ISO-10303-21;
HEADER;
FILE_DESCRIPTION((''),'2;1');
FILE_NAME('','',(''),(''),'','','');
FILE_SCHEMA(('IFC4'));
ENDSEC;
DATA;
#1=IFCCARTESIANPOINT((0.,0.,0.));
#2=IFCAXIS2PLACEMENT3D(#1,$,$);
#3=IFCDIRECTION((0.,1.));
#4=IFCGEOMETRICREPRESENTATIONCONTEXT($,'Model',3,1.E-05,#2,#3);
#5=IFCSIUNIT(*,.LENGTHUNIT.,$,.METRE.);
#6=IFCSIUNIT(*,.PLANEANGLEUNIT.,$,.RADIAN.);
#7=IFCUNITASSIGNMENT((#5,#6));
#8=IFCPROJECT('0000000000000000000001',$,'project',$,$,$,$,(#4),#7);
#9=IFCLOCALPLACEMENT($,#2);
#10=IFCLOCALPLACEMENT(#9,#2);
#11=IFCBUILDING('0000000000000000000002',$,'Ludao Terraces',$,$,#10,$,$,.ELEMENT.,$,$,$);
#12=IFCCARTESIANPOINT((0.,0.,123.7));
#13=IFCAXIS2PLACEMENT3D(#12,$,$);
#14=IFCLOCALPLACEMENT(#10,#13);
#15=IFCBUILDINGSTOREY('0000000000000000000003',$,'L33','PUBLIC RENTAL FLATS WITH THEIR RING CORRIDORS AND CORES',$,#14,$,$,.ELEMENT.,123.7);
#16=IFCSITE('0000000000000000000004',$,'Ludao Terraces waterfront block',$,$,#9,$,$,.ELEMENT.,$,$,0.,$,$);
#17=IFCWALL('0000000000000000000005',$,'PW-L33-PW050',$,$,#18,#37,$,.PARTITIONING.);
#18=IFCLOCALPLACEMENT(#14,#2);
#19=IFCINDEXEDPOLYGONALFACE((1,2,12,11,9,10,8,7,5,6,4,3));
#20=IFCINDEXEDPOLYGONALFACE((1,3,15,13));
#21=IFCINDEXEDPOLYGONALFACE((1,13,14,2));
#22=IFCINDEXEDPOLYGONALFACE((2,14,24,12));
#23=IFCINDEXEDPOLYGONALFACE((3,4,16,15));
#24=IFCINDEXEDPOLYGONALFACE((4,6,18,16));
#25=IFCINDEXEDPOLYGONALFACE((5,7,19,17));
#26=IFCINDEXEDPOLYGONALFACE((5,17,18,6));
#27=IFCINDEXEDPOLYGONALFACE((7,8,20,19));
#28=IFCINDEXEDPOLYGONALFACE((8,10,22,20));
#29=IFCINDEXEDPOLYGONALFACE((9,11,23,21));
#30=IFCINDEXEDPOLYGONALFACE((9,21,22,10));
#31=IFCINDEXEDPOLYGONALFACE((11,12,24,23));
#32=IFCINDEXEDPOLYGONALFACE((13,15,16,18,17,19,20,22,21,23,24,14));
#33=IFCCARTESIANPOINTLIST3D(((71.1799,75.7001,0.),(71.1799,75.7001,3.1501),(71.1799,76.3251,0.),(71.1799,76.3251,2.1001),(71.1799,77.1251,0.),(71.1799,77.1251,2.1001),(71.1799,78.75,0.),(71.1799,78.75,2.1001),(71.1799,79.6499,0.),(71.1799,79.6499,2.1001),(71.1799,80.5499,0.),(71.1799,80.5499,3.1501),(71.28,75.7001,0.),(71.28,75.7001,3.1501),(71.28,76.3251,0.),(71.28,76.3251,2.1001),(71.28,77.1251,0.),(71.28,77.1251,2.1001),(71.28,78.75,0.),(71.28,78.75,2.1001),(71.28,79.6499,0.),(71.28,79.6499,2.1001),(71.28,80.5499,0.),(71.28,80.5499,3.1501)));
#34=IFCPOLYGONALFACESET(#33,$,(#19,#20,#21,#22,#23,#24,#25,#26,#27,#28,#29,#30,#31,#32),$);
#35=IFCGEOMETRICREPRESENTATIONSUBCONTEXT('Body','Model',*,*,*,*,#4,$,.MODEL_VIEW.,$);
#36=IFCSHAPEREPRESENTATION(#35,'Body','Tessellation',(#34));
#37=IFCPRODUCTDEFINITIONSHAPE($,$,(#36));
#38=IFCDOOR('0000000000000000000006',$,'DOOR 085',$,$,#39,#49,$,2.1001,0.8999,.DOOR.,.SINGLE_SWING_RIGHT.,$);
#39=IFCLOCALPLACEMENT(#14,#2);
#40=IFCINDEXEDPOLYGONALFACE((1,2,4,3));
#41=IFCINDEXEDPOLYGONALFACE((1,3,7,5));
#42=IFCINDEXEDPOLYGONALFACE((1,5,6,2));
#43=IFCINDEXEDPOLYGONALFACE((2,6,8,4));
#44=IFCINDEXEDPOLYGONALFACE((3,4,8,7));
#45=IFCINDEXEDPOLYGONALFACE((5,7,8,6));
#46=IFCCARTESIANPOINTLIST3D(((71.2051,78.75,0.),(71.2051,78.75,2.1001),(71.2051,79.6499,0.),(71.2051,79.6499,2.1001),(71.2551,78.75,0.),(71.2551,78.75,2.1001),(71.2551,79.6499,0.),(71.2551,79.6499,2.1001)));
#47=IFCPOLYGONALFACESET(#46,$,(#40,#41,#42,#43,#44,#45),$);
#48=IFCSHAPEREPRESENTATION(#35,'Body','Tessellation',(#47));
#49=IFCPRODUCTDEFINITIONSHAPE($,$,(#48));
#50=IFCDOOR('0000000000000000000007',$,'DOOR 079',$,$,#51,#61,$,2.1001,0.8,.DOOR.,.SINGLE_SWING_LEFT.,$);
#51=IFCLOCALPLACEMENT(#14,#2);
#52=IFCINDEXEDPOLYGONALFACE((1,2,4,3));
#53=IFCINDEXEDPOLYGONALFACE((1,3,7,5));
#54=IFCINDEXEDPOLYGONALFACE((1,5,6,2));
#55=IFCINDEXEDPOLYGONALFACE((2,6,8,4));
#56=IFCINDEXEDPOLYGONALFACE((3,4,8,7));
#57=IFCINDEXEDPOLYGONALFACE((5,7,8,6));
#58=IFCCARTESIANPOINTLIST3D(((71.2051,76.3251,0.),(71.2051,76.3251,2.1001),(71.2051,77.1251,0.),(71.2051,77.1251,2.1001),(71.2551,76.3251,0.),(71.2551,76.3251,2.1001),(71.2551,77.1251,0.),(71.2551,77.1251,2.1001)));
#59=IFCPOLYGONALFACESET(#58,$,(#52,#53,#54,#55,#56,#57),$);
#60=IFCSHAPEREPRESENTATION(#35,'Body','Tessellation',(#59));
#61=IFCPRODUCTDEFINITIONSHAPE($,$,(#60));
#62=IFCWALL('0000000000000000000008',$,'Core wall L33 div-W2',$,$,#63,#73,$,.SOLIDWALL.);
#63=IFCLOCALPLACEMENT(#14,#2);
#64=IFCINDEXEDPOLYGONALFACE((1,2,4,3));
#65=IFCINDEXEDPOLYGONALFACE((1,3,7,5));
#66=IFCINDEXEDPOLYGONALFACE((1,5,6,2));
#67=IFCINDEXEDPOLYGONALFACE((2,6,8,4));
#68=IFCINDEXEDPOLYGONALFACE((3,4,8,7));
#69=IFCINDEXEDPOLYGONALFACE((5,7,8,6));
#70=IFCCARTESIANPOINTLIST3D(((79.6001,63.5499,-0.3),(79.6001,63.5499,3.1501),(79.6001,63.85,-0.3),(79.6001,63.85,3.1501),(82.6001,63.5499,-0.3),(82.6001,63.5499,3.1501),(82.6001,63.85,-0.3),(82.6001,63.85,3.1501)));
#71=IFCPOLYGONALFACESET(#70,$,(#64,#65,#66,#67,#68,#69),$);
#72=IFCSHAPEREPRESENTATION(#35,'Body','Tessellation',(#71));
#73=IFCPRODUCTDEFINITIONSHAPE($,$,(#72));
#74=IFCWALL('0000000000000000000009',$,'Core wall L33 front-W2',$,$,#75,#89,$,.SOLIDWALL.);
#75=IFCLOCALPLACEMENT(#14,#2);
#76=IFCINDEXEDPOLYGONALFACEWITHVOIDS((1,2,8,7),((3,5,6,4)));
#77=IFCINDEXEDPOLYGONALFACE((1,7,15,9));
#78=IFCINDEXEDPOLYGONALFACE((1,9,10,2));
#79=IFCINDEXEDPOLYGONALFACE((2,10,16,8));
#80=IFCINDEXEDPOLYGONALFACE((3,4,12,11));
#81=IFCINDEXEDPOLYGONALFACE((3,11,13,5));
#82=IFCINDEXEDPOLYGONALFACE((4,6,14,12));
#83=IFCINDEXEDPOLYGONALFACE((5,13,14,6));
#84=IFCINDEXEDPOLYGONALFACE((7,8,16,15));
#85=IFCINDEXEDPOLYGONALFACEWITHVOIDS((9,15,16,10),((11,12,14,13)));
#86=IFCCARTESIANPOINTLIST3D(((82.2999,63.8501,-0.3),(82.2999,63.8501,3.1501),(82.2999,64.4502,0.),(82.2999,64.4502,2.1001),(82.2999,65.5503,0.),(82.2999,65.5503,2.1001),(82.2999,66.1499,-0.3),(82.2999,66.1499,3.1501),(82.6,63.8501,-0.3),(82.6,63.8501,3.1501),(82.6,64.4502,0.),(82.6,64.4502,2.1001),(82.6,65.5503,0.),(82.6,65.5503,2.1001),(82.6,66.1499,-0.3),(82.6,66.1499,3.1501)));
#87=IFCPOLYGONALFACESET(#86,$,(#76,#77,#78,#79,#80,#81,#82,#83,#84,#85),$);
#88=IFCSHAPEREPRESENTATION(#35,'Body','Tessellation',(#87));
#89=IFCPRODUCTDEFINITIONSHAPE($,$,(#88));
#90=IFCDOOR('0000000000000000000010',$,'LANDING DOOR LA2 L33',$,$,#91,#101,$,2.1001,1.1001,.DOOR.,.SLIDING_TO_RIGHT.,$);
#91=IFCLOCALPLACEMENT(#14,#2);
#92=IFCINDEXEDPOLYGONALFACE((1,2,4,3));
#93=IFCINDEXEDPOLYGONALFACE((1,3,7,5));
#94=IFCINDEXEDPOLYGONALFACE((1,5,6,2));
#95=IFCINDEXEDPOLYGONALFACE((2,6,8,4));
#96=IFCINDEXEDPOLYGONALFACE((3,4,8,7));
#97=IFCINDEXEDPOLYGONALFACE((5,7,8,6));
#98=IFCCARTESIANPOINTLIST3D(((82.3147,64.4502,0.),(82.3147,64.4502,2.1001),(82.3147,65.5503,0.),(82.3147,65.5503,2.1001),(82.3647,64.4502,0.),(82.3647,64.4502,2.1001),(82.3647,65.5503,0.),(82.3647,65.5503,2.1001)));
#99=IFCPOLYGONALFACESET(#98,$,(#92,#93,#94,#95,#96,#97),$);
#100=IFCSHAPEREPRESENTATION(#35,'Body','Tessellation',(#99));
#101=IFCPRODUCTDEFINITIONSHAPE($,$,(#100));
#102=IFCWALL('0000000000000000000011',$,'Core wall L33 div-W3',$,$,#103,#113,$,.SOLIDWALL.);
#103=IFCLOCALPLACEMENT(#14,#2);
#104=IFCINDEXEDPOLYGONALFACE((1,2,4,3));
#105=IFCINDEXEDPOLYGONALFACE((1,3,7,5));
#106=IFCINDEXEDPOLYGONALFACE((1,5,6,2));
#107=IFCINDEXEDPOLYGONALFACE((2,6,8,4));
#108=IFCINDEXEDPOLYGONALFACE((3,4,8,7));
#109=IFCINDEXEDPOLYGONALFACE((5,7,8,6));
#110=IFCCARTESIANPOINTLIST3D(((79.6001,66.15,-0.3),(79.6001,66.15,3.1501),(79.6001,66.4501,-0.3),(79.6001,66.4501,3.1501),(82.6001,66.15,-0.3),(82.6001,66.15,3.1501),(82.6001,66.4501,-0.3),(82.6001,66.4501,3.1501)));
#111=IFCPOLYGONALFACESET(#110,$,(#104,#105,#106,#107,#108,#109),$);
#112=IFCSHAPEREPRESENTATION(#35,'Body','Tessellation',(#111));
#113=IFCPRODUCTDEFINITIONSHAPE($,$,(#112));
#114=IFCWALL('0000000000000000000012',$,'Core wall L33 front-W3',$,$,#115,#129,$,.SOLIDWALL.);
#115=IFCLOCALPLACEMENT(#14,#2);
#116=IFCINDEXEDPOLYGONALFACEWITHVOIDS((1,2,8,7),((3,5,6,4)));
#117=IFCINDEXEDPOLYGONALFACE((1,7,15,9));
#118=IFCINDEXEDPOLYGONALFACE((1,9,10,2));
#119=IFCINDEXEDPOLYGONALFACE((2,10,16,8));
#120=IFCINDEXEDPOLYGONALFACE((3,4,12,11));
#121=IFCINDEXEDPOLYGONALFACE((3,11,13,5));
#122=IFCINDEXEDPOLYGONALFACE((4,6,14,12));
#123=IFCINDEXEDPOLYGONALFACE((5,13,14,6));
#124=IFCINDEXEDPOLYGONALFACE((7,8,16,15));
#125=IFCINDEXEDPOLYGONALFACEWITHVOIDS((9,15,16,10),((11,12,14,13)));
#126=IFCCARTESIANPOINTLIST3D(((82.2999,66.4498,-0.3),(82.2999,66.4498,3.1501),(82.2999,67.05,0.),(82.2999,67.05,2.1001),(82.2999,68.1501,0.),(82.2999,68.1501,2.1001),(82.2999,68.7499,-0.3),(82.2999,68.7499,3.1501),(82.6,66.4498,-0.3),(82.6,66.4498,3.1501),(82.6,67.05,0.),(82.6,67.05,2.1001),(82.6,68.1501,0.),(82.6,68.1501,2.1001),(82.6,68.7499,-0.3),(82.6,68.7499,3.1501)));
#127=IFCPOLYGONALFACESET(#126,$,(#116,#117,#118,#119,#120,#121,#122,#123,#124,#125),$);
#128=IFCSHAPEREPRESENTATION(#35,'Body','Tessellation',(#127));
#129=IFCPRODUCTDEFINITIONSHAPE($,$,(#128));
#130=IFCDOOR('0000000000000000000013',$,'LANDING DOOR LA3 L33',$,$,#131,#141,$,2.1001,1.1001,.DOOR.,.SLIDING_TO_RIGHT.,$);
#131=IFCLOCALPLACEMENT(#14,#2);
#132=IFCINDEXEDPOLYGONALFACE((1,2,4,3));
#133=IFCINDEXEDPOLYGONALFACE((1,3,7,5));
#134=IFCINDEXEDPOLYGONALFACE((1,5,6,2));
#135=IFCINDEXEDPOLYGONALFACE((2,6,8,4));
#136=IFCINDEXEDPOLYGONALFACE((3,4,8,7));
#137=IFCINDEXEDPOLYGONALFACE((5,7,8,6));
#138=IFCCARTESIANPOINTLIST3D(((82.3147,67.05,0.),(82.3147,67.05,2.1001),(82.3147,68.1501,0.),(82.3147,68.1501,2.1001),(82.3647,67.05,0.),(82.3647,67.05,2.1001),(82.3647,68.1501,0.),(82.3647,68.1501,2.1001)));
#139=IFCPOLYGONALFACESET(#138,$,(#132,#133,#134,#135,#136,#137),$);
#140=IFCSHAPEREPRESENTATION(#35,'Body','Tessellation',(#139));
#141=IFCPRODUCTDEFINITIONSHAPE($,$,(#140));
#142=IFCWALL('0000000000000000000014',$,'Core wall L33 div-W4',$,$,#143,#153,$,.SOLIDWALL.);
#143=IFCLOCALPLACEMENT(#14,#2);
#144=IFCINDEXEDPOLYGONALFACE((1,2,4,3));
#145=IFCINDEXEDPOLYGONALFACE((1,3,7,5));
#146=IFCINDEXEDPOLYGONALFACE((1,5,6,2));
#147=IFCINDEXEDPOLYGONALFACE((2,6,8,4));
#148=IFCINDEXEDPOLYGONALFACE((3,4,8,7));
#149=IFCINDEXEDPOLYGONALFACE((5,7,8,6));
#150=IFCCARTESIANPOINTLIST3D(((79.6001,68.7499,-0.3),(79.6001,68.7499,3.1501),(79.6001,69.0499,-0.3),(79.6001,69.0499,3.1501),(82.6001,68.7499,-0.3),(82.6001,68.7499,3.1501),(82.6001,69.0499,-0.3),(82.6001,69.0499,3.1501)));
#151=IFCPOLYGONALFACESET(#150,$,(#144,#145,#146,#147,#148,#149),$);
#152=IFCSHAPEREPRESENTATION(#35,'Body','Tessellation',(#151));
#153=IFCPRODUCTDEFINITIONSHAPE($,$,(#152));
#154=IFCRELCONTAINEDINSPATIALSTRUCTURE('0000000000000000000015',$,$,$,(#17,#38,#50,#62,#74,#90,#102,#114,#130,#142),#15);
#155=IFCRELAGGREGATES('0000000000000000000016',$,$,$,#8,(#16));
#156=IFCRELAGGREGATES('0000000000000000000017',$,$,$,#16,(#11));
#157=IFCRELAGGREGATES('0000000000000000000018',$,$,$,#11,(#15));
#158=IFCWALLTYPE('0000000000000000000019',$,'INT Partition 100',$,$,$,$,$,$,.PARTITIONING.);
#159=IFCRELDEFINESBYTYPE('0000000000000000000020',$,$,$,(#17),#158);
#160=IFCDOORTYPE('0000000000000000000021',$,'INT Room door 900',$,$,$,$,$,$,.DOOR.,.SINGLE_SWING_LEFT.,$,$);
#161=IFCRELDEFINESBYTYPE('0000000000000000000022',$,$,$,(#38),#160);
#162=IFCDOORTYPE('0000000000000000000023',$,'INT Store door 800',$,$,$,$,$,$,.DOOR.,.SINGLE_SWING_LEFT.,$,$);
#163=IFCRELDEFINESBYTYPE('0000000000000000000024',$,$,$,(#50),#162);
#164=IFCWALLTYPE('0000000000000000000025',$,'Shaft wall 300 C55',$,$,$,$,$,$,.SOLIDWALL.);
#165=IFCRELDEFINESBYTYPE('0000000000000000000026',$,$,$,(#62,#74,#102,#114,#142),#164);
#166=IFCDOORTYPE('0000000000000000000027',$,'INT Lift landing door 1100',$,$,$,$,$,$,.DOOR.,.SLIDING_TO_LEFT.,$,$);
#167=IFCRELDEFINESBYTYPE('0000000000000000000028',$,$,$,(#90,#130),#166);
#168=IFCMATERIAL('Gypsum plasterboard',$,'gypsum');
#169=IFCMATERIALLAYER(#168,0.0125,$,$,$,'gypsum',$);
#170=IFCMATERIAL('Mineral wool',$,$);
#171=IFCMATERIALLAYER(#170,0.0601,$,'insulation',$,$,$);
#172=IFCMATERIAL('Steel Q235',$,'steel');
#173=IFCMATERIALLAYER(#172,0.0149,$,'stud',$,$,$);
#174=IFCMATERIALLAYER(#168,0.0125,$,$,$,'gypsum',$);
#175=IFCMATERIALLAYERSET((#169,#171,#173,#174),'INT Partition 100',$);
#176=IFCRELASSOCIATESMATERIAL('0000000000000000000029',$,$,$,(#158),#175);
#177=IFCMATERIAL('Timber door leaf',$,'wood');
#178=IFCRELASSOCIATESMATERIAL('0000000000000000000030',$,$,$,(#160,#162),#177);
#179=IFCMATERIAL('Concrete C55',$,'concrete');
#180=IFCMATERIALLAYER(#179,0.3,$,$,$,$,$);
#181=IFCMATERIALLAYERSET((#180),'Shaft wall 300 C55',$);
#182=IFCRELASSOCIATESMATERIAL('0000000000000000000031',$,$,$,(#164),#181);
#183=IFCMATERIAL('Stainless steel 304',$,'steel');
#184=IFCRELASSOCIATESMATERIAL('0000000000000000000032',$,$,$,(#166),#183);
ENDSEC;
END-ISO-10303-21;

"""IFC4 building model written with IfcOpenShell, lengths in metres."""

from ifc_helpers import new_model, si_unit, direction, frame, frame_2d, origin, place, context, subcontext, project, spatial, rectangle, extrude, material, layer, layer_set, type_object, element, fill, save


model = new_model("IFC4")

# Units and contexts
model_context = context("Model", 3, precision=1e-05, world=origin(), true_north=direction((0.0, 1.0)))
body_context = subcontext(model_context, "Body", "Model", "MODEL_VIEW")
ifc_project = project(units=[si_unit("LENGTHUNIT", "METRE"), si_unit("PLANEANGLEUNIT", "RADIAN")], contexts=[model_context])

# Site, building, storey
site_placement = place(None, origin())
site = spatial("IfcSite", under=ifc_project, at=site_placement, Name="Ludao Terraces waterfront block", CompositionType="ELEMENT", RefElevation=0.0)
building_placement = place(site_placement, origin())
building = spatial("IfcBuilding", under=site, at=building_placement, Name="Ludao Terraces", CompositionType="ELEMENT")
storey_placement = place(building_placement, frame((0.0, 0.0, 123.7)))
storey = spatial("IfcBuildingStorey", under=building, at=storey_placement, Name="L33", Description="PUBLIC RENTAL FLATS WITH THEIR RING CORRIDORS AND CORES", CompositionType="ELEMENT", Elevation=123.7)

# Shared definitions
ifc_material_1 = material(Name="Mineral wool")
ifc_material_2 = material(Name="Steel Q235", Category="steel")
ifc_material_3 = material(Name="Gypsum plasterboard", Category="gypsum")
ifc_layer_1 = layer(ifc_material_3, 0.0125, Category="gypsum")
ifc_layer_2 = layer(ifc_material_1, 0.0601, Name="insulation")
ifc_layer_3 = layer(ifc_material_2, 0.0149, Name="stud")
ifc_layer_4 = layer(ifc_material_3, 0.0125, Category="gypsum")
ifc_layer_set_1 = layer_set([ifc_layer_1, ifc_layer_2, ifc_layer_3, ifc_layer_4], Name="INT Partition 100")
wall_type_1 = type_object("IfcWallType", Name="INT Partition 100", PredefinedType="PARTITIONING", material=ifc_layer_set_1)

# Wall, openings, doors
ifc_material_4 = material(Name="Timber door leaf", Category="wood")
door_type_1 = type_object("IfcDoorType", Name="INT Room door 900", OperationType="SINGLE_SWING_LEFT", PredefinedType="DOOR", material=ifc_material_4)
door_type_2 = type_object("IfcDoorType", Name="INT Store door 800", OperationType="SINGLE_SWING_LEFT", PredefinedType="DOOR", material=ifc_material_4)
wall_1_placement = place(storey_placement, frame((71.23, 75.7002, 0.0), z_axis=(0.0, 0.0, 1.0), x_axis=(0.0, 1.0, 0.0)))
wall_1 = element("IfcWall", 1, at=wall_1_placement, inside=storey, type_object=wall_type_1, Name="PW-L33-PW050", PredefinedType="PARTITIONING", context=body_context, shape_type="SweptSolid", body=[
    extrude(rectangle(XDim=4.8499, YDim=0.1001, at=frame_2d((2.4248, 0.0))), origin(), (0.0, 0.0, 1.0), 3.1501),
])
opening_1_placement = place(wall_1_placement, frame((0.625, 0.0, 0.0)))
opening_1 = element("IfcOpeningElement", 2, at=opening_1_placement, cuts=wall_1, PredefinedType="OPENING", context=body_context, shape_type="SweptSolid", body=[
    extrude(rectangle(XDim=0.8, YDim=2.1001, at=frame_2d((0.3999, 1.05))), frame((0.0, 0.0601, 0.0), z_axis=(0.0, -1.0, 0.0), x_axis=(1.0, 0.0, 0.0)), (0.0, 0.0, 1.0), 0.1201),
])
opening_2_placement = place(wall_1_placement, frame((3.0498, 0.0, 0.0)))
opening_2 = element("IfcOpeningElement", 3, at=opening_2_placement, cuts=wall_1, PredefinedType="OPENING", context=body_context, shape_type="SweptSolid", body=[
    extrude(rectangle(XDim=0.8999, YDim=2.1001, at=frame_2d((0.45, 1.05))), frame((0.0, 0.0601, 0.0), z_axis=(0.0, -1.0, 0.0), x_axis=(1.0, 0.0, 0.0)), (0.0, 0.0, 1.0), 0.1201),
])
door_1_placement = place(opening_2_placement, origin())
door_1 = element("IfcDoor", 4, at=door_1_placement, inside=storey, type_object=door_type_1, Name="DOOR 085", OperationType="SINGLE_SWING_RIGHT", OverallHeight=2.1001, OverallWidth=0.8999, PredefinedType="DOOR", context=body_context, shape_type="SweptSolid", body=[
    extrude(rectangle(XDim=0.8999, YDim=2.1001, at=frame_2d((0.45, 1.05))), frame((0.0, 0.0249, 0.0), z_axis=(0.0, -1.0, 0.0), x_axis=(1.0, 0.0, 0.0)), (0.0, 0.0, 1.0), 0.05),
])
fill(opening_2, door_1)
door_2_placement = place(opening_1_placement, origin())
door_2 = element("IfcDoor", 5, at=door_2_placement, inside=storey, type_object=door_type_2, Name="DOOR 079", OperationType="SINGLE_SWING_LEFT", OverallHeight=2.1001, OverallWidth=0.8, PredefinedType="DOOR", context=body_context, shape_type="SweptSolid", body=[
    extrude(rectangle(XDim=0.8, YDim=2.1001, at=frame_2d((0.3999, 1.05))), frame((0.0, 0.0249, 0.0), z_axis=(0.0, -1.0, 0.0), x_axis=(1.0, 0.0, 0.0)), (0.0, 0.0, 1.0), 0.05),
])
fill(opening_1, door_2)

# Wall
ifc_material_5 = material(Name="Concrete C55", Category="concrete")
ifc_layer_5 = layer(ifc_material_5, 0.3)
ifc_layer_set_2 = layer_set([ifc_layer_5], Name="Shaft wall 300 C55")
wall_type_2 = type_object("IfcWallType", Name="Shaft wall 300 C55", PredefinedType="SOLIDWALL", material=ifc_layer_set_2)
wall_2_placement = place(storey_placement, frame((79.6001, 63.7, -0.3), z_axis=(0.0, 0.0, 1.0), x_axis=(1.0, 0.0, 0.0)))
element("IfcWall", 6, at=wall_2_placement, inside=storey, type_object=wall_type_2, Name="Core wall L33 div-W2", PredefinedType="SOLIDWALL", context=body_context, shape_type="SweptSolid", body=[
    extrude(rectangle(XDim=3.0, YDim=0.3, at=frame_2d((1.5, 0.0))), origin(), (0.0, 0.0, 1.0), 3.4502),
])

# Wall, opening, door
wall_3_placement = place(storey_placement, frame((82.45, 63.8501, -0.3), z_axis=(0.0, 0.0, 1.0), x_axis=(0.0, 1.0, 0.0)))
wall_3 = element("IfcWall", 7, at=wall_3_placement, inside=storey, type_object=wall_type_2, Name="Core wall L33 front-W2", PredefinedType="SOLIDWALL", context=body_context, shape_type="SweptSolid", body=[
    extrude(rectangle(XDim=2.2998, YDim=0.3, at=frame_2d((1.1499, 0.0))), origin(), (0.0, 0.0, 1.0), 3.4502),
])
opening_3_placement = place(wall_3_placement, frame((0.6001, 0.0, 0.3)))
opening_3 = element("IfcOpeningElement", 8, at=opening_3_placement, cuts=wall_3, PredefinedType="OPENING", context=body_context, shape_type="SweptSolid", body=[
    extrude(rectangle(XDim=1.1001, YDim=2.1001, at=frame_2d((0.55, 1.05))), frame((0.0, 0.1602, 0.0), z_axis=(0.0, -1.0, 0.0), x_axis=(1.0, 0.0, 0.0)), (0.0, 0.0, 1.0), 0.3201),
])
ifc_material_6 = material(Name="Stainless steel 304", Category="steel")
door_type_3 = type_object("IfcDoorType", Name="INT Lift landing door 1100", OperationType="SLIDING_TO_LEFT", PredefinedType="DOOR", material=ifc_material_6)
door_3_placement = place(opening_3_placement, origin())
door_3 = element("IfcDoor", 9, at=door_3_placement, inside=storey, type_object=door_type_3, Name="LANDING DOOR LA2 L33", OperationType="SLIDING_TO_RIGHT", OverallHeight=2.1001, OverallWidth=1.1001, PredefinedType="DOOR", context=body_context, shape_type="SweptSolid", body=[
    extrude(rectangle(XDim=1.1001, YDim=2.1001, at=frame_2d((0.55, 1.05))), frame((0.0, 0.1353, 0.0), z_axis=(0.0, -1.0, 0.0), x_axis=(1.0, 0.0, 0.0)), (0.0, 0.0, 1.0), 0.05),
])
fill(opening_3, door_3)

# Wall
wall_4_placement = place(storey_placement, frame((79.6001, 66.3, -0.3), z_axis=(0.0, 0.0, 1.0), x_axis=(1.0, 0.0, 0.0)))
element("IfcWall", 10, at=wall_4_placement, inside=storey, type_object=wall_type_2, Name="Core wall L33 div-W3", PredefinedType="SOLIDWALL", context=body_context, shape_type="SweptSolid", body=[
    extrude(rectangle(XDim=3.0, YDim=0.3, at=frame_2d((1.5, 0.0))), origin(), (0.0, 0.0, 1.0), 3.4502),
])

# Wall, opening, door
wall_5_placement = place(storey_placement, frame((82.45, 66.45, -0.3), z_axis=(0.0, 0.0, 1.0), x_axis=(0.0, 1.0, 0.0)))
wall_5 = element("IfcWall", 11, at=wall_5_placement, inside=storey, type_object=wall_type_2, Name="Core wall L33 front-W3", PredefinedType="SOLIDWALL", context=body_context, shape_type="SweptSolid", body=[
    extrude(rectangle(XDim=2.3, YDim=0.3, at=frame_2d((1.1499, 0.0))), origin(), (0.0, 0.0, 1.0), 3.4502),
])
opening_4_placement = place(wall_5_placement, frame((0.6001, 0.0, 0.3)))
opening_4 = element("IfcOpeningElement", 12, at=opening_4_placement, cuts=wall_5, PredefinedType="OPENING", context=body_context, shape_type="SweptSolid", body=[
    extrude(rectangle(XDim=1.1001, YDim=2.1001, at=frame_2d((0.55, 1.05))), frame((0.0, 0.1602, 0.0), z_axis=(0.0, -1.0, 0.0), x_axis=(1.0, 0.0, 0.0)), (0.0, 0.0, 1.0), 0.3201),
])
door_4_placement = place(opening_4_placement, origin())
door_4 = element("IfcDoor", 13, at=door_4_placement, inside=storey, type_object=door_type_3, Name="LANDING DOOR LA3 L33", OperationType="SLIDING_TO_RIGHT", OverallHeight=2.1001, OverallWidth=1.1001, PredefinedType="DOOR", context=body_context, shape_type="SweptSolid", body=[
    extrude(rectangle(XDim=1.1001, YDim=2.1001, at=frame_2d((0.55, 1.05))), frame((0.0, 0.1353, 0.0), z_axis=(0.0, -1.0, 0.0), x_axis=(1.0, 0.0, 0.0)), (0.0, 0.0, 1.0), 0.05),
])
fill(opening_4, door_4)

# Wall
wall_6_placement = place(storey_placement, frame((79.6001, 68.8999, -0.3), z_axis=(0.0, 0.0, 1.0), x_axis=(1.0, 0.0, 0.0)))
element("IfcWall", 14, at=wall_6_placement, inside=storey, type_object=wall_type_2, Name="Core wall L33 div-W4", PredefinedType="SOLIDWALL", context=body_context, shape_type="SweptSolid", body=[
    extrude(rectangle(XDim=3.0, YDim=0.3, at=frame_2d((1.5, 0.0))), origin(), (0.0, 0.0, 1.0), 3.4502),
])

save(model, "model.ifc")
